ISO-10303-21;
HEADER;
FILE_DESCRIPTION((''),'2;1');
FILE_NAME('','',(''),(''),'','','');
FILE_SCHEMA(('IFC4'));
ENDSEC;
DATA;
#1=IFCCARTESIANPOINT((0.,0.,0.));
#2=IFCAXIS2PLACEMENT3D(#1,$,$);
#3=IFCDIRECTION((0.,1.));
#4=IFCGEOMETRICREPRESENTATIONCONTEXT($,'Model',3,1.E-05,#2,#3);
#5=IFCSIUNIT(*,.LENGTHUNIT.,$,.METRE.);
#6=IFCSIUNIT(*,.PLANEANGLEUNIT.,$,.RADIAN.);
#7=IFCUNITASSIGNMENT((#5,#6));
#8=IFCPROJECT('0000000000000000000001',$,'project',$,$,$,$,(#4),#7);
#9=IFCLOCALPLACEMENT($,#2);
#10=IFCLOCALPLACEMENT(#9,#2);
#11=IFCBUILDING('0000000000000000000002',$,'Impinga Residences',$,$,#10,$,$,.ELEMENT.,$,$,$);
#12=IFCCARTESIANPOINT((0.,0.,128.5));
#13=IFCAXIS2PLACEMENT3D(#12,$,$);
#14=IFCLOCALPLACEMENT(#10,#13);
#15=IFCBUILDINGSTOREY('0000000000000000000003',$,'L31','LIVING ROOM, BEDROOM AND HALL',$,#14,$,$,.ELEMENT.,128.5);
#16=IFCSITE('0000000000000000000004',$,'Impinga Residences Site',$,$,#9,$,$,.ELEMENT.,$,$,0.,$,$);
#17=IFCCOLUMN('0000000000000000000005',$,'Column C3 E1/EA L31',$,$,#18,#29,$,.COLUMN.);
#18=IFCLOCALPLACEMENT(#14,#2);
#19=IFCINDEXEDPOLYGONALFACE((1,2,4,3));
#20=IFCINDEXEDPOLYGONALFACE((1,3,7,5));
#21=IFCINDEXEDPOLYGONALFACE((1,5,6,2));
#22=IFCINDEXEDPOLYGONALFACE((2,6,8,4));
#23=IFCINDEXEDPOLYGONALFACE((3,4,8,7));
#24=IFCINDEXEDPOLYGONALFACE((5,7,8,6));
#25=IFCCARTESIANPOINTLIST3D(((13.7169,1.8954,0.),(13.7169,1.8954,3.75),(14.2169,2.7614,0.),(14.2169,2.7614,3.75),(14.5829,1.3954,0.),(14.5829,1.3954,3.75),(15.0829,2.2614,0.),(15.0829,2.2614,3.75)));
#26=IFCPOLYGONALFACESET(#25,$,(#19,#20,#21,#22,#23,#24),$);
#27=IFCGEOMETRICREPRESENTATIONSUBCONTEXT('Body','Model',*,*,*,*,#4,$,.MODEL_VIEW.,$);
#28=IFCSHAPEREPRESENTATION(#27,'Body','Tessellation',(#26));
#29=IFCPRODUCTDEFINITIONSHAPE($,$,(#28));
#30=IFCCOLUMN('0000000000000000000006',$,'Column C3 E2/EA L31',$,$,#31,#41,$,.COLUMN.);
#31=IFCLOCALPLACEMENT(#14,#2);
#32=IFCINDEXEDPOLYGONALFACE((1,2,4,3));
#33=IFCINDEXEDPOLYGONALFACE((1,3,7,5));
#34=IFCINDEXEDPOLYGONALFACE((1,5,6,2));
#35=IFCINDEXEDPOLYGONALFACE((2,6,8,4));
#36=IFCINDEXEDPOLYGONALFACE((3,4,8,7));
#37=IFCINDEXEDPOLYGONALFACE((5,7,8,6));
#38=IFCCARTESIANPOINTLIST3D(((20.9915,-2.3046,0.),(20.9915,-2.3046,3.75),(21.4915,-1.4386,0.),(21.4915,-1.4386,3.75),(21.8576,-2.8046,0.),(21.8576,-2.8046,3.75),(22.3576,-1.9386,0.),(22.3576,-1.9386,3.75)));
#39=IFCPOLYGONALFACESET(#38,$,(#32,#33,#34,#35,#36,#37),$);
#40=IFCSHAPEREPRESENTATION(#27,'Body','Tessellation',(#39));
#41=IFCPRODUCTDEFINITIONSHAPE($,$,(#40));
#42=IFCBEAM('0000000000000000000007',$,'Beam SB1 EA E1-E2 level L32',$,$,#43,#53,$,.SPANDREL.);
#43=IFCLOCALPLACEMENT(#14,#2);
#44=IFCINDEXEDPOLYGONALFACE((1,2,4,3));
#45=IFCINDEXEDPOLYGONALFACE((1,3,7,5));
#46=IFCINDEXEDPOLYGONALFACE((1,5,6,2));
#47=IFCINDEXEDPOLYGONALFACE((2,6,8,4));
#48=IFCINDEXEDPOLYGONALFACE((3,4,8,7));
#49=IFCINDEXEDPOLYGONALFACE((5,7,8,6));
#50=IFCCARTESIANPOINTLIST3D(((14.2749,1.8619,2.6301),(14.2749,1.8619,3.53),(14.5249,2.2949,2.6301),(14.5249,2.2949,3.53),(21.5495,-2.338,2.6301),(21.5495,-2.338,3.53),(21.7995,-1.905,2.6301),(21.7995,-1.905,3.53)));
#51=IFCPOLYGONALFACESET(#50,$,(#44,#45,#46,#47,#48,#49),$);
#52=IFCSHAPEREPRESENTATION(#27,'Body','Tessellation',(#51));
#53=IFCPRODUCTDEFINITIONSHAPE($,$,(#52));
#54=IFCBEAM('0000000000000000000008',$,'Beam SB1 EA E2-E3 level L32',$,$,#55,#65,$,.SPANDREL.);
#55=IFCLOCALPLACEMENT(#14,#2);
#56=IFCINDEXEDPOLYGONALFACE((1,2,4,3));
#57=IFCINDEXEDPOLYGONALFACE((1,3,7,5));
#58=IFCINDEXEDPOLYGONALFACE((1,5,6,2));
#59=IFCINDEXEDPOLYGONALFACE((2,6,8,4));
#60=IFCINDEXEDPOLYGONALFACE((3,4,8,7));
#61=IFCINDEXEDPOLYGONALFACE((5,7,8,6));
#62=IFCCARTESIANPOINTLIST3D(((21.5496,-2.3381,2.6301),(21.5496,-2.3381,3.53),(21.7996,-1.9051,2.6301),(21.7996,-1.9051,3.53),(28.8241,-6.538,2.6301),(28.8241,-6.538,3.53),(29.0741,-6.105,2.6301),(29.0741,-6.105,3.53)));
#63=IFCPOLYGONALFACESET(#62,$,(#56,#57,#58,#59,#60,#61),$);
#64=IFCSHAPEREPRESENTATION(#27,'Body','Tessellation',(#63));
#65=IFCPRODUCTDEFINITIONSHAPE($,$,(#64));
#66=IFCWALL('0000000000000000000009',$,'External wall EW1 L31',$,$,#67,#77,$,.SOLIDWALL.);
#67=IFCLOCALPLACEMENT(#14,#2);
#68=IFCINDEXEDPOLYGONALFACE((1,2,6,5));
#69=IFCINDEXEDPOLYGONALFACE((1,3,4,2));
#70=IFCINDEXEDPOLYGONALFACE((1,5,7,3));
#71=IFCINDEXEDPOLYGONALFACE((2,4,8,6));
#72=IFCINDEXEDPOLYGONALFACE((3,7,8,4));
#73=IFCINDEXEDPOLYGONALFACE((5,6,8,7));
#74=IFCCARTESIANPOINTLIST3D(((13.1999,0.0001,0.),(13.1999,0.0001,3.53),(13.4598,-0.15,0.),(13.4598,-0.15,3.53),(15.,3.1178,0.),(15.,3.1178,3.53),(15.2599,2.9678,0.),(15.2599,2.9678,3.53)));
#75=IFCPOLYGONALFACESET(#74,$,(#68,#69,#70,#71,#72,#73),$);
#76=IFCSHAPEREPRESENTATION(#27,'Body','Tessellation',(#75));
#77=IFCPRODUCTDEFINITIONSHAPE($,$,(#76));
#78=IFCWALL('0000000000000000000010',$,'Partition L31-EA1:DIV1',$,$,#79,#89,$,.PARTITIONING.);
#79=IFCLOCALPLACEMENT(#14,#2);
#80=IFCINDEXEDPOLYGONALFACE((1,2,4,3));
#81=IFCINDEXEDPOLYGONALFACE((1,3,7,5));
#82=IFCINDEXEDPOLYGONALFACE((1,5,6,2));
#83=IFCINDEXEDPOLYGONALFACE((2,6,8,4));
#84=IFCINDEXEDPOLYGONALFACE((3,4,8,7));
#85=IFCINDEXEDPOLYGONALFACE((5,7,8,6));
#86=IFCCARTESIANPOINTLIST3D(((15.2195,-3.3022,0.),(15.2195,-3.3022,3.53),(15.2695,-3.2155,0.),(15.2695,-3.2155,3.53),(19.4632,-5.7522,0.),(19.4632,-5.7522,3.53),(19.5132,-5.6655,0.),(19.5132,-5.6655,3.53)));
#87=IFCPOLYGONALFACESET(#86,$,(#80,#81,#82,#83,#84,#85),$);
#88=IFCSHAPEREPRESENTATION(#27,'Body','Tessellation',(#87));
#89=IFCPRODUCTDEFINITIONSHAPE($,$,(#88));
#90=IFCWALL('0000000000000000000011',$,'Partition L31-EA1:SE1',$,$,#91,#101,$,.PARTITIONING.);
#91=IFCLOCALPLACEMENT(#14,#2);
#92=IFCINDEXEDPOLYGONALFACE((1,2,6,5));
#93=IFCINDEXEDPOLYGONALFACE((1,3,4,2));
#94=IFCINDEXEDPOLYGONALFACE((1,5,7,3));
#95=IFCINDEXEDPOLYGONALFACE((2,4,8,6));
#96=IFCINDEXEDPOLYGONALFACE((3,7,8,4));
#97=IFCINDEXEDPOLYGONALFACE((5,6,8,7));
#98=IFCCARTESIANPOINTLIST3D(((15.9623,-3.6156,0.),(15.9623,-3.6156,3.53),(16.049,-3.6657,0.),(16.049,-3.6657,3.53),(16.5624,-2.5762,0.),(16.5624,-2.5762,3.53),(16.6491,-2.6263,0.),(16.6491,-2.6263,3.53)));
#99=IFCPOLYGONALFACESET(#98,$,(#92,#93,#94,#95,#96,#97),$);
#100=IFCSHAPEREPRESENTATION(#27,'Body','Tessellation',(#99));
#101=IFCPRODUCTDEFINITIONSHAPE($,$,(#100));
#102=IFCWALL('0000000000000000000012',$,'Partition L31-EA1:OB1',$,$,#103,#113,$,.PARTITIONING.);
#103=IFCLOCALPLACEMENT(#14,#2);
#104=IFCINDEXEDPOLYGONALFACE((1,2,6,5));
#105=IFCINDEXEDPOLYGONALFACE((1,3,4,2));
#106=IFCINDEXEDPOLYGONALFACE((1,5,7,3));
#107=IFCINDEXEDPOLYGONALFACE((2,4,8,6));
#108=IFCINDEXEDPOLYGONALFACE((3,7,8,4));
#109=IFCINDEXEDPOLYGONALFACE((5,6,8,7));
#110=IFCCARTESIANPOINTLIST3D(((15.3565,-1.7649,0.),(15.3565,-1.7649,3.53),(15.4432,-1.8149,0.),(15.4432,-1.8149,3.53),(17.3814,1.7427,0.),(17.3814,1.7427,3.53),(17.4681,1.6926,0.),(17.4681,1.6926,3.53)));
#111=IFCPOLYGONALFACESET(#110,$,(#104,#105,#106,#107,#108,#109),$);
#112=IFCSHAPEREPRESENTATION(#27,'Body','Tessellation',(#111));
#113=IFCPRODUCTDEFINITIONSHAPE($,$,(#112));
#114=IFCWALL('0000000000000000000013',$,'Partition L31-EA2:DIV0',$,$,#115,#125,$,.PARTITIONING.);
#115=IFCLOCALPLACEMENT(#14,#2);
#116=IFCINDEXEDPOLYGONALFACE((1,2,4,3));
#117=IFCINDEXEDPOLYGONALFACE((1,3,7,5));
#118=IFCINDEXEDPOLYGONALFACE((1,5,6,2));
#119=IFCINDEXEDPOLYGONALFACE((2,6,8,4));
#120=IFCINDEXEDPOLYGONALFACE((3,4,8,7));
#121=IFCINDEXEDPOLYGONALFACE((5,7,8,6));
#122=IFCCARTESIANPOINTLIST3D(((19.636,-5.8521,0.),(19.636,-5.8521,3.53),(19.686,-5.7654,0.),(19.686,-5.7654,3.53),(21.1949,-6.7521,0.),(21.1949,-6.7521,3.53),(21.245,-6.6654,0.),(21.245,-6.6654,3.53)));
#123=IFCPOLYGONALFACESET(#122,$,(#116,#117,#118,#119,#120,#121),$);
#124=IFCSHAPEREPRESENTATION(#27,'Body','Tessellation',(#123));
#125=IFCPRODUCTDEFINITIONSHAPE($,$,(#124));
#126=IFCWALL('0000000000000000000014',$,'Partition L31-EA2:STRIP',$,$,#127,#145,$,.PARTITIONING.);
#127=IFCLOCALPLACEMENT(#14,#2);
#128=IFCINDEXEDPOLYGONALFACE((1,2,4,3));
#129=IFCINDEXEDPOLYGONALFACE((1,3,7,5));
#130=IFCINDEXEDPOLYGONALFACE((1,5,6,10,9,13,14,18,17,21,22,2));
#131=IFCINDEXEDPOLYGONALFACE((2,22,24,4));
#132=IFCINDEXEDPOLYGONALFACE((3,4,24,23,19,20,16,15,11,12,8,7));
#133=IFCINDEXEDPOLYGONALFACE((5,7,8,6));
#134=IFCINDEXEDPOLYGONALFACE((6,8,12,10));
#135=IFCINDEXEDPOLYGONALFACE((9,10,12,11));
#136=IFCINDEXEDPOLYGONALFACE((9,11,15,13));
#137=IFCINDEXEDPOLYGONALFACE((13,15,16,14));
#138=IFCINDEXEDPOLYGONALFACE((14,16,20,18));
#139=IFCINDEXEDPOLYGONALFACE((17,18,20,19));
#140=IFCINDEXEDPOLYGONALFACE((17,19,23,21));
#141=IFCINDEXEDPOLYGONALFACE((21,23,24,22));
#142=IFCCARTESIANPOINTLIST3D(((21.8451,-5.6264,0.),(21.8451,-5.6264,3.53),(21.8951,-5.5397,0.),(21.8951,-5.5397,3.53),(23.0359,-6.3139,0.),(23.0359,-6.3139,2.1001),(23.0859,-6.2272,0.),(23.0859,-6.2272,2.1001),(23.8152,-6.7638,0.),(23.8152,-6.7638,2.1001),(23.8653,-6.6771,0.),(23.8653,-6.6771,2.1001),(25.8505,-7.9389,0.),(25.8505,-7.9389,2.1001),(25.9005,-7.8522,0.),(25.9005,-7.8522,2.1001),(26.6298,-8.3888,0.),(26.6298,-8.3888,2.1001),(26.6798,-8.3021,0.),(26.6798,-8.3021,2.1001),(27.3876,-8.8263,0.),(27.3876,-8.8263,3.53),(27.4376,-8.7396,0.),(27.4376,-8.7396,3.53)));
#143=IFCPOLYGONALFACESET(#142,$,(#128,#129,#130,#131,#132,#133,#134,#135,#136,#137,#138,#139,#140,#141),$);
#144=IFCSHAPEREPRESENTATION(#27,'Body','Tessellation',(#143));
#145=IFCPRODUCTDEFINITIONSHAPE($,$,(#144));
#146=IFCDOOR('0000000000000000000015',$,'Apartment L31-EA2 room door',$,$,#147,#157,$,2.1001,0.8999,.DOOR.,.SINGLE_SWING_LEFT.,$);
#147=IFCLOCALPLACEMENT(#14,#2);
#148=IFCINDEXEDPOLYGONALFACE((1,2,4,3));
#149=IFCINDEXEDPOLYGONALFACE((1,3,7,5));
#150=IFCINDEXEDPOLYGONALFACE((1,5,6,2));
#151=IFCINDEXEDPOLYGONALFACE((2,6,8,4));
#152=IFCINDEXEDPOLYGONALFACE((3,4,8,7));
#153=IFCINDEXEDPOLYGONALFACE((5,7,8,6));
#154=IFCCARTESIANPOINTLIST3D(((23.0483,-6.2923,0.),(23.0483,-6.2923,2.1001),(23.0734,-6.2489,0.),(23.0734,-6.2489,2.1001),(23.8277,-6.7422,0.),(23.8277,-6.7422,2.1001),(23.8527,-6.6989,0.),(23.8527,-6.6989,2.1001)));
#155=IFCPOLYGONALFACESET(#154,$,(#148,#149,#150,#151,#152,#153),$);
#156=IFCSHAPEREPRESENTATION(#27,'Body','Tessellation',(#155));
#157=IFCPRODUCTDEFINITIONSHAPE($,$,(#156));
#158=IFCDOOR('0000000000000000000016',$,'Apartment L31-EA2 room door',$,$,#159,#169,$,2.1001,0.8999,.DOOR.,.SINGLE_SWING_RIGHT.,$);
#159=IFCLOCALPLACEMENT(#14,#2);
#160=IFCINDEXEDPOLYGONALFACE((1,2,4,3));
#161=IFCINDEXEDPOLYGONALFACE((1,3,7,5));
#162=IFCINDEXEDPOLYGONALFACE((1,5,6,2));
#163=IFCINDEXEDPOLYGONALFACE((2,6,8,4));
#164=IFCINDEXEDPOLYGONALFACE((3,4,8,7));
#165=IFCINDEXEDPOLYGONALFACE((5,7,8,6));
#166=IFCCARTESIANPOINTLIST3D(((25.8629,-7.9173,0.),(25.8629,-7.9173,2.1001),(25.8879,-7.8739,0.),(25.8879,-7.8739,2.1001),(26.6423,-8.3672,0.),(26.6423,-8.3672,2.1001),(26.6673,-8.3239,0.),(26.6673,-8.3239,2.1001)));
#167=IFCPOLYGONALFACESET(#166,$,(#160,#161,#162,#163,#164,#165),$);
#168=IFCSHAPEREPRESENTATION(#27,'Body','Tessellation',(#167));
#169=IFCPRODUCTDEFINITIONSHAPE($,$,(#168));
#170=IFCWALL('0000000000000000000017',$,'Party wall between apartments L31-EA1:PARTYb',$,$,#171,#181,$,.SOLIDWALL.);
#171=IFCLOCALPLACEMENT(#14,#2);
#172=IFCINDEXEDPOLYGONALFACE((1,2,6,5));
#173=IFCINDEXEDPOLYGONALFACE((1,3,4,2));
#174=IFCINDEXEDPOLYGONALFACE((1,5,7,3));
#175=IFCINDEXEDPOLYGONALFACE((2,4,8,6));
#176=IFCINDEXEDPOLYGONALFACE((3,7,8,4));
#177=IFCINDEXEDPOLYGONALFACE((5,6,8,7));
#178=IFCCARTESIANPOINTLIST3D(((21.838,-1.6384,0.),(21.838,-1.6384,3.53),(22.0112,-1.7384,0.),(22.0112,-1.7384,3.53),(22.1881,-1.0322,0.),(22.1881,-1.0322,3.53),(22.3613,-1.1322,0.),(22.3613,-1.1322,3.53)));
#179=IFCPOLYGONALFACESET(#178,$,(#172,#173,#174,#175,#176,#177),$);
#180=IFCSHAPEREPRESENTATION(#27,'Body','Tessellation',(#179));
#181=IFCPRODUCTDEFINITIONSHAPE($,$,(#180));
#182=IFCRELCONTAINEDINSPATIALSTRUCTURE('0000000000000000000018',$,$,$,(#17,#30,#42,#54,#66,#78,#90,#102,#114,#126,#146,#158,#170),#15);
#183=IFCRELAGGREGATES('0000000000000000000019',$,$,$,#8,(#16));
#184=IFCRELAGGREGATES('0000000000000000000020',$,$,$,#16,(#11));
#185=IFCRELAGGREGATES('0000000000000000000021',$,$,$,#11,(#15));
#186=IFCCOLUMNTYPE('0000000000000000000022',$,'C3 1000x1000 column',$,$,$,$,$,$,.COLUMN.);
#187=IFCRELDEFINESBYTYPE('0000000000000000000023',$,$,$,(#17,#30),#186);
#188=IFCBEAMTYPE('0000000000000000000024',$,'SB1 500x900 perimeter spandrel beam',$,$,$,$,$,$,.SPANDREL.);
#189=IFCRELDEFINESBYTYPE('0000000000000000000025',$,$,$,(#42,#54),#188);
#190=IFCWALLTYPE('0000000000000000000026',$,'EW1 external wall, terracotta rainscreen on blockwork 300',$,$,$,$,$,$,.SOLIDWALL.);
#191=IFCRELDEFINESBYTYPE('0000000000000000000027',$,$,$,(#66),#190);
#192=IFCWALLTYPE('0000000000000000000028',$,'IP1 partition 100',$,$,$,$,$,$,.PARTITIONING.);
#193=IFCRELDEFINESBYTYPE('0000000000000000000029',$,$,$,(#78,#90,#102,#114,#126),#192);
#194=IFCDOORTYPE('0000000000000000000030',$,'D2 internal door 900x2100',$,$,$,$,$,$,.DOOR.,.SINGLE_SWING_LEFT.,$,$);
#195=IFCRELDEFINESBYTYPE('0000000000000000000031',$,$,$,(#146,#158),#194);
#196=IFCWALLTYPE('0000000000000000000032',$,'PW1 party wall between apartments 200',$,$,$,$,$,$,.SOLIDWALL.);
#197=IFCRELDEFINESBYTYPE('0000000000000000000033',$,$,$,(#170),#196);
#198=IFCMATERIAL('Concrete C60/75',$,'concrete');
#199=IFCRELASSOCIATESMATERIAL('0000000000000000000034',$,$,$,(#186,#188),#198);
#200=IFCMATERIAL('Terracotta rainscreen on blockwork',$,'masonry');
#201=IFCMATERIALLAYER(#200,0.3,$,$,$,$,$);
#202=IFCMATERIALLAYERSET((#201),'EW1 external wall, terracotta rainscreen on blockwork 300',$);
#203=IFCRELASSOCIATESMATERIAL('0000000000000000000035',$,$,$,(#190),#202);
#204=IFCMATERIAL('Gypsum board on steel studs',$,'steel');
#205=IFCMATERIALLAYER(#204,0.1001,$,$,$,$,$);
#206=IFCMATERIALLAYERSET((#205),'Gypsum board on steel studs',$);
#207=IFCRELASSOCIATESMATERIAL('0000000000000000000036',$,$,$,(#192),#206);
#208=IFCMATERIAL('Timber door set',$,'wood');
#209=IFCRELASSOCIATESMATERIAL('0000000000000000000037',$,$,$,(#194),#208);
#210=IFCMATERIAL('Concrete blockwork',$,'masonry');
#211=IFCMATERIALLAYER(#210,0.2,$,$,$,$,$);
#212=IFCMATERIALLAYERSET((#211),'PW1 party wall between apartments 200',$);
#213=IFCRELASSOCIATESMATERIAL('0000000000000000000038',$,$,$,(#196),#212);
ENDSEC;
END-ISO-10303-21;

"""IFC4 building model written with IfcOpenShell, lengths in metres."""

from ifc_helpers import new_model, si_unit, direction, frame, frame_2d, origin, origin_2d, place, context, subcontext, project, spatial, rectangle, extrude, material, layer, layer_set, material_profile, profile_set, type_object, element, fill, save


model = new_model("IFC4")

# Units and contexts
model_context = context("Model", 3, precision=1e-05, world=origin(), true_north=direction((0.0, 1.0)))
body_context = subcontext(model_context, "Body", "Model", "MODEL_VIEW")
ifc_project = project(units=[si_unit("LENGTHUNIT", "METRE"), si_unit("PLANEANGLEUNIT", "RADIAN")], contexts=[model_context])

# Site, building, storey
site_placement = place(None, origin())
site = spatial("IfcSite", under=ifc_project, at=site_placement, Name="Impinga Residences Site", CompositionType="ELEMENT", RefElevation=0.0)
building_placement = place(site_placement, origin())
building = spatial("IfcBuilding", under=site, at=building_placement, Name="Impinga Residences", CompositionType="ELEMENT")
storey_placement = place(building_placement, frame((0.0, 0.0, 128.5)))
storey = spatial("IfcBuildingStorey", under=building, at=storey_placement, Name="L31", Description="LIVING ROOM, BEDROOM AND HALL", CompositionType="ELEMENT", Elevation=128.5)

# Columns
ifc_material_1 = material(Name="Concrete C60/75", Category="concrete")
ifc_material_profile_1 = material_profile(ifc_material_1, rectangle(XDim=1.0, YDim=1.0, at=origin_2d()), Name="RC 1000x1000")
ifc_profile_set_1 = profile_set([ifc_material_profile_1], Name="Concrete C60/75")
column_type = type_object("IfcColumnType", Name="C3 1000x1000 column", PredefinedType="COLUMN", material=ifc_profile_set_1)
for number, where, z_axis, x_axis, name in (
    (1, (14.3999, 2.0784, 0.0), (0.0, 0.0, 1.0), (-0.5, -0.866025, 0.0), "Column C3 E1/EA L31"),
    (2, (21.6746, -2.1216, 0.0), (0.0, 0.0, 1.0), (-0.5, -0.866025, 0.0), "Column C3 E2/EA L31"),
):
    element("IfcColumn", number, at=place(storey_placement, frame(where, z_axis=z_axis, x_axis=x_axis)), inside=storey, type_object=column_type, Name=name, PredefinedType="COLUMN", context=body_context, shape_type="SweptSolid", body=[
        extrude(rectangle(XDim=1.0, YDim=1.0, at=origin_2d()), origin(), (0.0, 0.0, 1.0), 3.75),
    ])

# Beams
ifc_material_profile_2 = material_profile(ifc_material_1, rectangle(XDim=0.5, YDim=0.8999, at=origin_2d()), Name="RC 500x900")
ifc_profile_set_2 = profile_set([ifc_material_profile_2], Name="Concrete C60/75")
beam_type = type_object("IfcBeamType", Name="SB1 500x900 perimeter spandrel beam", PredefinedType="SPANDREL", material=ifc_profile_set_2)
for number, where, z_axis, x_axis, name in (
    (3, (14.3999, 2.0784, 3.0801), (0.866029, -0.499993, 0.0), (0.499993, 0.866029, 0.0), "Beam SB1 EA E1-E2 level L32"),
    (4, (21.6746, -2.1216, 3.0801), (0.866029, -0.499993, 0.0), (0.499993, 0.866029, 0.0), "Beam SB1 EA E2-E3 level L32"),
):
    element("IfcBeam", number, at=place(storey_placement, frame(where, z_axis=z_axis, x_axis=x_axis)), inside=storey, type_object=beam_type, Name=name, PredefinedType="SPANDREL", context=body_context, shape_type="SweptSolid", body=[
        extrude(rectangle(XDim=0.5, YDim=0.8999, at=origin_2d()), origin(), (0.0, 0.0, 1.0), 8.3999),
    ])

# Wall
ifc_material_2 = material(Name="Terracotta rainscreen on blockwork", Category="masonry")
ifc_layer_1 = layer(ifc_material_2, 0.3)
ifc_layer_set_1 = layer_set([ifc_layer_1], Name="EW1 external wall, terracotta rainscreen on blockwork 300")
wall_type_1 = type_object("IfcWallType", Name="EW1 external wall, terracotta rainscreen on blockwork 300", PredefinedType="SOLIDWALL", material=ifc_layer_set_1)
wall_1_placement = place(storey_placement, frame((13.3298, -0.075, 0.0), z_axis=(0.0, 0.0, 1.0), x_axis=(0.500012, 0.866018, 0.0)))
element("IfcWall", 5, at=wall_1_placement, inside=storey, type_object=wall_type_1, Name="External wall EW1 L31", PredefinedType="SOLIDWALL", context=body_context, shape_type="SweptSolid", body=[
    extrude(rectangle(XDim=3.6001, YDim=0.3, at=frame_2d((1.8, 0.0))), origin(), (0.0, 0.0, 1.0), 3.53),
])

# Walls
ifc_material_3 = material(Name="Gypsum board on steel studs", Category="steel")
ifc_layer_2 = layer(ifc_material_3, 0.1001)
ifc_layer_set_2 = layer_set([ifc_layer_2], Name="Gypsum board on steel studs")
wall_type_2 = type_object("IfcWallType", Name="IP1 partition 100", PredefinedType="PARTITIONING", material=ifc_layer_set_2)
wall_2_placement = place(storey_placement, frame((15.2444, -3.2588, 0.0), z_axis=(0.0, 0.0, 1.0), x_axis=(0.866036, -0.499981, 0.0)))
element("IfcWall", 6, at=wall_2_placement, inside=storey, type_object=wall_type_2, Name="Partition L31-EA1:DIV1", PredefinedType="PARTITIONING", context=body_context, shape_type="SweptSolid", body=[
    extrude(rectangle(XDim=4.9001, YDim=0.1001, at=frame_2d((2.4502, 0.0))), origin(), (0.0, 0.0, 1.0), 3.53),
])
wall_3_placement = place(storey_placement, frame((16.0056, -3.6406, 0.0), z_axis=(0.0, 0.0, 1.0), x_axis=(0.500034, 0.866006, 0.0)))
element("IfcWall", 7, at=wall_3_placement, inside=storey, type_object=wall_type_2, Name="Partition L31-EA1:SE1", PredefinedType="PARTITIONING", context=body_context, shape_type="SweptSolid", body=[
    extrude(rectangle(XDim=1.2002, YDim=0.1001, at=frame_2d((0.6001, 0.0))), origin(), (0.0, 0.0, 1.0), 3.53),
])
wall_4_placement = place(storey_placement, frame((15.3999, -1.7898, 0.0), z_axis=(0.0, 0.0, 1.0), x_axis=(0.499964, 0.866046, 0.0)))
element("IfcWall", 8, at=wall_4_placement, inside=storey, type_object=wall_type_2, Name="Partition L31-EA1:OB1", PredefinedType="PARTITIONING", context=body_context, shape_type="SweptSolid", body=[
    extrude(rectangle(XDim=4.05, YDim=0.1001, at=frame_2d((2.0249, 0.0))), origin(), (0.0, 0.0, 1.0), 3.53),
])
wall_5_placement = place(storey_placement, frame((19.6611, -5.8088, 0.0), z_axis=(0.0, 0.0, 1.0), x_axis=(0.866048, -0.499961, 0.0)))
element("IfcWall", 9, at=wall_5_placement, inside=storey, type_object=wall_type_2, Name="Partition L31-EA2:DIV0", PredefinedType="PARTITIONING", context=body_context, shape_type="SweptSolid", body=[
    extrude(rectangle(XDim=1.8, YDim=0.1001, at=frame_2d((0.8999, 0.0))), origin(), (0.0, 0.0, 1.0), 3.53),
])

# Wall, openings, doors
wall_6_placement = place(storey_placement, frame((21.8701, -5.583, 0.0), z_axis=(0.0, 0.0, 1.0), x_axis=(0.866025, -0.5, 0.0)))
wall_6 = element("IfcWall", 10, at=wall_6_placement, inside=storey, type_object=wall_type_2, Name="Partition L31-EA2:STRIP", PredefinedType="PARTITIONING", context=body_context, shape_type="SweptSolid", body=[
    extrude(rectangle(XDim=6.3999, YDim=0.1001, at=frame_2d((3.2, 0.0))), origin(), (0.0, 0.0, 1.0), 3.53),
])
opening_1_placement = place(wall_6_placement, frame((1.375, 0.0, 0.0)))
opening_1 = element("IfcOpeningElement", 11, at=opening_1_placement, cuts=wall_6, PredefinedType="OPENING", context=body_context, shape_type="SweptSolid", body=[
    extrude(rectangle(XDim=0.8999, YDim=2.1001, at=frame_2d((0.45, 1.05))), frame((0.0, 0.0601, 0.0), z_axis=(0.0, -1.0, 0.0), x_axis=(1.0, 0.0, 0.0)), (0.0, 0.0, 1.0), 0.1201),
])
opening_2_placement = place(wall_6_placement, frame((4.625, 0.0, 0.0)))
opening_2 = element("IfcOpeningElement", 12, at=opening_2_placement, cuts=wall_6, PredefinedType="OPENING", context=body_context, shape_type="SweptSolid", body=[
    extrude(rectangle(XDim=0.8999, YDim=2.1001, at=frame_2d((0.45, 1.05))), frame((0.0, 0.0601, 0.0), z_axis=(0.0, -1.0, 0.0), x_axis=(1.0, 0.0, 0.0)), (0.0, 0.0, 1.0), 0.1201),
])
ifc_material_4 = material(Name="Timber door set", Category="wood")
door_type = type_object("IfcDoorType", Name="D2 internal door 900x2100", OperationType="SINGLE_SWING_LEFT", PredefinedType="DOOR", material=ifc_material_4)
door_1_placement = place(opening_1_placement, origin())
door_1 = element("IfcDoor", 13, at=door_1_placement, inside=storey, type_object=door_type, Name="Apartment L31-EA2 room door", OperationType="SINGLE_SWING_LEFT", OverallHeight=2.1001, OverallWidth=0.8999, PredefinedType="DOOR", context=body_context, shape_type="SweptSolid", body=[
    extrude(rectangle(XDim=0.8999, YDim=2.1001, at=frame_2d((0.45, 1.05))), frame((0.0, 0.0249, 0.0), z_axis=(0.0, -1.0, 0.0), x_axis=(1.0, 0.0, 0.0)), (0.0, 0.0, 1.0), 0.05),
])
fill(opening_1, door_1)
door_2_placement = place(opening_2_placement, origin())
door_2 = element("IfcDoor", 14, at=door_2_placement, inside=storey, type_object=door_type, Name="Apartment L31-EA2 room door", OperationType="SINGLE_SWING_RIGHT", OverallHeight=2.1001, OverallWidth=0.8999, PredefinedType="DOOR", context=body_context, shape_type="SweptSolid", body=[
    extrude(rectangle(XDim=0.8999, YDim=2.1001, at=frame_2d((0.45, 1.05))), frame((0.0, 0.0249, 0.0), z_axis=(0.0, -1.0, 0.0), x_axis=(1.0, 0.0, 0.0)), (0.0, 0.0, 1.0), 0.05),
])
fill(opening_2, door_2)

# Wall
ifc_material_5 = material(Name="Concrete blockwork", Category="masonry")
ifc_layer_3 = layer(ifc_material_5, 0.2)
ifc_layer_set_3 = layer_set([ifc_layer_3], Name="PW1 party wall between apartments 200")
wall_type_3 = type_object("IfcWallType", Name="PW1 party wall between apartments 200", PredefinedType="SOLIDWALL", material=ifc_layer_set_3)
wall_7_placement = place(storey_placement, frame((21.9246, -1.6885, 0.0), z_axis=(0.0, 0.0, 1.0), x_axis=(0.500115, 0.865959, 0.0)))
element("IfcWall", 15, at=wall_7_placement, inside=storey, type_object=wall_type_3, Name="Party wall between apartments L31-EA1:PARTYb", PredefinedType="SOLIDWALL", context=body_context, shape_type="SweptSolid", body=[
    extrude(rectangle(XDim=0.7, YDim=0.2, at=frame_2d((0.3501, 0.0))), origin(), (0.0, 0.0, 1.0), 3.53),
])

save(model, "model.ifc")
